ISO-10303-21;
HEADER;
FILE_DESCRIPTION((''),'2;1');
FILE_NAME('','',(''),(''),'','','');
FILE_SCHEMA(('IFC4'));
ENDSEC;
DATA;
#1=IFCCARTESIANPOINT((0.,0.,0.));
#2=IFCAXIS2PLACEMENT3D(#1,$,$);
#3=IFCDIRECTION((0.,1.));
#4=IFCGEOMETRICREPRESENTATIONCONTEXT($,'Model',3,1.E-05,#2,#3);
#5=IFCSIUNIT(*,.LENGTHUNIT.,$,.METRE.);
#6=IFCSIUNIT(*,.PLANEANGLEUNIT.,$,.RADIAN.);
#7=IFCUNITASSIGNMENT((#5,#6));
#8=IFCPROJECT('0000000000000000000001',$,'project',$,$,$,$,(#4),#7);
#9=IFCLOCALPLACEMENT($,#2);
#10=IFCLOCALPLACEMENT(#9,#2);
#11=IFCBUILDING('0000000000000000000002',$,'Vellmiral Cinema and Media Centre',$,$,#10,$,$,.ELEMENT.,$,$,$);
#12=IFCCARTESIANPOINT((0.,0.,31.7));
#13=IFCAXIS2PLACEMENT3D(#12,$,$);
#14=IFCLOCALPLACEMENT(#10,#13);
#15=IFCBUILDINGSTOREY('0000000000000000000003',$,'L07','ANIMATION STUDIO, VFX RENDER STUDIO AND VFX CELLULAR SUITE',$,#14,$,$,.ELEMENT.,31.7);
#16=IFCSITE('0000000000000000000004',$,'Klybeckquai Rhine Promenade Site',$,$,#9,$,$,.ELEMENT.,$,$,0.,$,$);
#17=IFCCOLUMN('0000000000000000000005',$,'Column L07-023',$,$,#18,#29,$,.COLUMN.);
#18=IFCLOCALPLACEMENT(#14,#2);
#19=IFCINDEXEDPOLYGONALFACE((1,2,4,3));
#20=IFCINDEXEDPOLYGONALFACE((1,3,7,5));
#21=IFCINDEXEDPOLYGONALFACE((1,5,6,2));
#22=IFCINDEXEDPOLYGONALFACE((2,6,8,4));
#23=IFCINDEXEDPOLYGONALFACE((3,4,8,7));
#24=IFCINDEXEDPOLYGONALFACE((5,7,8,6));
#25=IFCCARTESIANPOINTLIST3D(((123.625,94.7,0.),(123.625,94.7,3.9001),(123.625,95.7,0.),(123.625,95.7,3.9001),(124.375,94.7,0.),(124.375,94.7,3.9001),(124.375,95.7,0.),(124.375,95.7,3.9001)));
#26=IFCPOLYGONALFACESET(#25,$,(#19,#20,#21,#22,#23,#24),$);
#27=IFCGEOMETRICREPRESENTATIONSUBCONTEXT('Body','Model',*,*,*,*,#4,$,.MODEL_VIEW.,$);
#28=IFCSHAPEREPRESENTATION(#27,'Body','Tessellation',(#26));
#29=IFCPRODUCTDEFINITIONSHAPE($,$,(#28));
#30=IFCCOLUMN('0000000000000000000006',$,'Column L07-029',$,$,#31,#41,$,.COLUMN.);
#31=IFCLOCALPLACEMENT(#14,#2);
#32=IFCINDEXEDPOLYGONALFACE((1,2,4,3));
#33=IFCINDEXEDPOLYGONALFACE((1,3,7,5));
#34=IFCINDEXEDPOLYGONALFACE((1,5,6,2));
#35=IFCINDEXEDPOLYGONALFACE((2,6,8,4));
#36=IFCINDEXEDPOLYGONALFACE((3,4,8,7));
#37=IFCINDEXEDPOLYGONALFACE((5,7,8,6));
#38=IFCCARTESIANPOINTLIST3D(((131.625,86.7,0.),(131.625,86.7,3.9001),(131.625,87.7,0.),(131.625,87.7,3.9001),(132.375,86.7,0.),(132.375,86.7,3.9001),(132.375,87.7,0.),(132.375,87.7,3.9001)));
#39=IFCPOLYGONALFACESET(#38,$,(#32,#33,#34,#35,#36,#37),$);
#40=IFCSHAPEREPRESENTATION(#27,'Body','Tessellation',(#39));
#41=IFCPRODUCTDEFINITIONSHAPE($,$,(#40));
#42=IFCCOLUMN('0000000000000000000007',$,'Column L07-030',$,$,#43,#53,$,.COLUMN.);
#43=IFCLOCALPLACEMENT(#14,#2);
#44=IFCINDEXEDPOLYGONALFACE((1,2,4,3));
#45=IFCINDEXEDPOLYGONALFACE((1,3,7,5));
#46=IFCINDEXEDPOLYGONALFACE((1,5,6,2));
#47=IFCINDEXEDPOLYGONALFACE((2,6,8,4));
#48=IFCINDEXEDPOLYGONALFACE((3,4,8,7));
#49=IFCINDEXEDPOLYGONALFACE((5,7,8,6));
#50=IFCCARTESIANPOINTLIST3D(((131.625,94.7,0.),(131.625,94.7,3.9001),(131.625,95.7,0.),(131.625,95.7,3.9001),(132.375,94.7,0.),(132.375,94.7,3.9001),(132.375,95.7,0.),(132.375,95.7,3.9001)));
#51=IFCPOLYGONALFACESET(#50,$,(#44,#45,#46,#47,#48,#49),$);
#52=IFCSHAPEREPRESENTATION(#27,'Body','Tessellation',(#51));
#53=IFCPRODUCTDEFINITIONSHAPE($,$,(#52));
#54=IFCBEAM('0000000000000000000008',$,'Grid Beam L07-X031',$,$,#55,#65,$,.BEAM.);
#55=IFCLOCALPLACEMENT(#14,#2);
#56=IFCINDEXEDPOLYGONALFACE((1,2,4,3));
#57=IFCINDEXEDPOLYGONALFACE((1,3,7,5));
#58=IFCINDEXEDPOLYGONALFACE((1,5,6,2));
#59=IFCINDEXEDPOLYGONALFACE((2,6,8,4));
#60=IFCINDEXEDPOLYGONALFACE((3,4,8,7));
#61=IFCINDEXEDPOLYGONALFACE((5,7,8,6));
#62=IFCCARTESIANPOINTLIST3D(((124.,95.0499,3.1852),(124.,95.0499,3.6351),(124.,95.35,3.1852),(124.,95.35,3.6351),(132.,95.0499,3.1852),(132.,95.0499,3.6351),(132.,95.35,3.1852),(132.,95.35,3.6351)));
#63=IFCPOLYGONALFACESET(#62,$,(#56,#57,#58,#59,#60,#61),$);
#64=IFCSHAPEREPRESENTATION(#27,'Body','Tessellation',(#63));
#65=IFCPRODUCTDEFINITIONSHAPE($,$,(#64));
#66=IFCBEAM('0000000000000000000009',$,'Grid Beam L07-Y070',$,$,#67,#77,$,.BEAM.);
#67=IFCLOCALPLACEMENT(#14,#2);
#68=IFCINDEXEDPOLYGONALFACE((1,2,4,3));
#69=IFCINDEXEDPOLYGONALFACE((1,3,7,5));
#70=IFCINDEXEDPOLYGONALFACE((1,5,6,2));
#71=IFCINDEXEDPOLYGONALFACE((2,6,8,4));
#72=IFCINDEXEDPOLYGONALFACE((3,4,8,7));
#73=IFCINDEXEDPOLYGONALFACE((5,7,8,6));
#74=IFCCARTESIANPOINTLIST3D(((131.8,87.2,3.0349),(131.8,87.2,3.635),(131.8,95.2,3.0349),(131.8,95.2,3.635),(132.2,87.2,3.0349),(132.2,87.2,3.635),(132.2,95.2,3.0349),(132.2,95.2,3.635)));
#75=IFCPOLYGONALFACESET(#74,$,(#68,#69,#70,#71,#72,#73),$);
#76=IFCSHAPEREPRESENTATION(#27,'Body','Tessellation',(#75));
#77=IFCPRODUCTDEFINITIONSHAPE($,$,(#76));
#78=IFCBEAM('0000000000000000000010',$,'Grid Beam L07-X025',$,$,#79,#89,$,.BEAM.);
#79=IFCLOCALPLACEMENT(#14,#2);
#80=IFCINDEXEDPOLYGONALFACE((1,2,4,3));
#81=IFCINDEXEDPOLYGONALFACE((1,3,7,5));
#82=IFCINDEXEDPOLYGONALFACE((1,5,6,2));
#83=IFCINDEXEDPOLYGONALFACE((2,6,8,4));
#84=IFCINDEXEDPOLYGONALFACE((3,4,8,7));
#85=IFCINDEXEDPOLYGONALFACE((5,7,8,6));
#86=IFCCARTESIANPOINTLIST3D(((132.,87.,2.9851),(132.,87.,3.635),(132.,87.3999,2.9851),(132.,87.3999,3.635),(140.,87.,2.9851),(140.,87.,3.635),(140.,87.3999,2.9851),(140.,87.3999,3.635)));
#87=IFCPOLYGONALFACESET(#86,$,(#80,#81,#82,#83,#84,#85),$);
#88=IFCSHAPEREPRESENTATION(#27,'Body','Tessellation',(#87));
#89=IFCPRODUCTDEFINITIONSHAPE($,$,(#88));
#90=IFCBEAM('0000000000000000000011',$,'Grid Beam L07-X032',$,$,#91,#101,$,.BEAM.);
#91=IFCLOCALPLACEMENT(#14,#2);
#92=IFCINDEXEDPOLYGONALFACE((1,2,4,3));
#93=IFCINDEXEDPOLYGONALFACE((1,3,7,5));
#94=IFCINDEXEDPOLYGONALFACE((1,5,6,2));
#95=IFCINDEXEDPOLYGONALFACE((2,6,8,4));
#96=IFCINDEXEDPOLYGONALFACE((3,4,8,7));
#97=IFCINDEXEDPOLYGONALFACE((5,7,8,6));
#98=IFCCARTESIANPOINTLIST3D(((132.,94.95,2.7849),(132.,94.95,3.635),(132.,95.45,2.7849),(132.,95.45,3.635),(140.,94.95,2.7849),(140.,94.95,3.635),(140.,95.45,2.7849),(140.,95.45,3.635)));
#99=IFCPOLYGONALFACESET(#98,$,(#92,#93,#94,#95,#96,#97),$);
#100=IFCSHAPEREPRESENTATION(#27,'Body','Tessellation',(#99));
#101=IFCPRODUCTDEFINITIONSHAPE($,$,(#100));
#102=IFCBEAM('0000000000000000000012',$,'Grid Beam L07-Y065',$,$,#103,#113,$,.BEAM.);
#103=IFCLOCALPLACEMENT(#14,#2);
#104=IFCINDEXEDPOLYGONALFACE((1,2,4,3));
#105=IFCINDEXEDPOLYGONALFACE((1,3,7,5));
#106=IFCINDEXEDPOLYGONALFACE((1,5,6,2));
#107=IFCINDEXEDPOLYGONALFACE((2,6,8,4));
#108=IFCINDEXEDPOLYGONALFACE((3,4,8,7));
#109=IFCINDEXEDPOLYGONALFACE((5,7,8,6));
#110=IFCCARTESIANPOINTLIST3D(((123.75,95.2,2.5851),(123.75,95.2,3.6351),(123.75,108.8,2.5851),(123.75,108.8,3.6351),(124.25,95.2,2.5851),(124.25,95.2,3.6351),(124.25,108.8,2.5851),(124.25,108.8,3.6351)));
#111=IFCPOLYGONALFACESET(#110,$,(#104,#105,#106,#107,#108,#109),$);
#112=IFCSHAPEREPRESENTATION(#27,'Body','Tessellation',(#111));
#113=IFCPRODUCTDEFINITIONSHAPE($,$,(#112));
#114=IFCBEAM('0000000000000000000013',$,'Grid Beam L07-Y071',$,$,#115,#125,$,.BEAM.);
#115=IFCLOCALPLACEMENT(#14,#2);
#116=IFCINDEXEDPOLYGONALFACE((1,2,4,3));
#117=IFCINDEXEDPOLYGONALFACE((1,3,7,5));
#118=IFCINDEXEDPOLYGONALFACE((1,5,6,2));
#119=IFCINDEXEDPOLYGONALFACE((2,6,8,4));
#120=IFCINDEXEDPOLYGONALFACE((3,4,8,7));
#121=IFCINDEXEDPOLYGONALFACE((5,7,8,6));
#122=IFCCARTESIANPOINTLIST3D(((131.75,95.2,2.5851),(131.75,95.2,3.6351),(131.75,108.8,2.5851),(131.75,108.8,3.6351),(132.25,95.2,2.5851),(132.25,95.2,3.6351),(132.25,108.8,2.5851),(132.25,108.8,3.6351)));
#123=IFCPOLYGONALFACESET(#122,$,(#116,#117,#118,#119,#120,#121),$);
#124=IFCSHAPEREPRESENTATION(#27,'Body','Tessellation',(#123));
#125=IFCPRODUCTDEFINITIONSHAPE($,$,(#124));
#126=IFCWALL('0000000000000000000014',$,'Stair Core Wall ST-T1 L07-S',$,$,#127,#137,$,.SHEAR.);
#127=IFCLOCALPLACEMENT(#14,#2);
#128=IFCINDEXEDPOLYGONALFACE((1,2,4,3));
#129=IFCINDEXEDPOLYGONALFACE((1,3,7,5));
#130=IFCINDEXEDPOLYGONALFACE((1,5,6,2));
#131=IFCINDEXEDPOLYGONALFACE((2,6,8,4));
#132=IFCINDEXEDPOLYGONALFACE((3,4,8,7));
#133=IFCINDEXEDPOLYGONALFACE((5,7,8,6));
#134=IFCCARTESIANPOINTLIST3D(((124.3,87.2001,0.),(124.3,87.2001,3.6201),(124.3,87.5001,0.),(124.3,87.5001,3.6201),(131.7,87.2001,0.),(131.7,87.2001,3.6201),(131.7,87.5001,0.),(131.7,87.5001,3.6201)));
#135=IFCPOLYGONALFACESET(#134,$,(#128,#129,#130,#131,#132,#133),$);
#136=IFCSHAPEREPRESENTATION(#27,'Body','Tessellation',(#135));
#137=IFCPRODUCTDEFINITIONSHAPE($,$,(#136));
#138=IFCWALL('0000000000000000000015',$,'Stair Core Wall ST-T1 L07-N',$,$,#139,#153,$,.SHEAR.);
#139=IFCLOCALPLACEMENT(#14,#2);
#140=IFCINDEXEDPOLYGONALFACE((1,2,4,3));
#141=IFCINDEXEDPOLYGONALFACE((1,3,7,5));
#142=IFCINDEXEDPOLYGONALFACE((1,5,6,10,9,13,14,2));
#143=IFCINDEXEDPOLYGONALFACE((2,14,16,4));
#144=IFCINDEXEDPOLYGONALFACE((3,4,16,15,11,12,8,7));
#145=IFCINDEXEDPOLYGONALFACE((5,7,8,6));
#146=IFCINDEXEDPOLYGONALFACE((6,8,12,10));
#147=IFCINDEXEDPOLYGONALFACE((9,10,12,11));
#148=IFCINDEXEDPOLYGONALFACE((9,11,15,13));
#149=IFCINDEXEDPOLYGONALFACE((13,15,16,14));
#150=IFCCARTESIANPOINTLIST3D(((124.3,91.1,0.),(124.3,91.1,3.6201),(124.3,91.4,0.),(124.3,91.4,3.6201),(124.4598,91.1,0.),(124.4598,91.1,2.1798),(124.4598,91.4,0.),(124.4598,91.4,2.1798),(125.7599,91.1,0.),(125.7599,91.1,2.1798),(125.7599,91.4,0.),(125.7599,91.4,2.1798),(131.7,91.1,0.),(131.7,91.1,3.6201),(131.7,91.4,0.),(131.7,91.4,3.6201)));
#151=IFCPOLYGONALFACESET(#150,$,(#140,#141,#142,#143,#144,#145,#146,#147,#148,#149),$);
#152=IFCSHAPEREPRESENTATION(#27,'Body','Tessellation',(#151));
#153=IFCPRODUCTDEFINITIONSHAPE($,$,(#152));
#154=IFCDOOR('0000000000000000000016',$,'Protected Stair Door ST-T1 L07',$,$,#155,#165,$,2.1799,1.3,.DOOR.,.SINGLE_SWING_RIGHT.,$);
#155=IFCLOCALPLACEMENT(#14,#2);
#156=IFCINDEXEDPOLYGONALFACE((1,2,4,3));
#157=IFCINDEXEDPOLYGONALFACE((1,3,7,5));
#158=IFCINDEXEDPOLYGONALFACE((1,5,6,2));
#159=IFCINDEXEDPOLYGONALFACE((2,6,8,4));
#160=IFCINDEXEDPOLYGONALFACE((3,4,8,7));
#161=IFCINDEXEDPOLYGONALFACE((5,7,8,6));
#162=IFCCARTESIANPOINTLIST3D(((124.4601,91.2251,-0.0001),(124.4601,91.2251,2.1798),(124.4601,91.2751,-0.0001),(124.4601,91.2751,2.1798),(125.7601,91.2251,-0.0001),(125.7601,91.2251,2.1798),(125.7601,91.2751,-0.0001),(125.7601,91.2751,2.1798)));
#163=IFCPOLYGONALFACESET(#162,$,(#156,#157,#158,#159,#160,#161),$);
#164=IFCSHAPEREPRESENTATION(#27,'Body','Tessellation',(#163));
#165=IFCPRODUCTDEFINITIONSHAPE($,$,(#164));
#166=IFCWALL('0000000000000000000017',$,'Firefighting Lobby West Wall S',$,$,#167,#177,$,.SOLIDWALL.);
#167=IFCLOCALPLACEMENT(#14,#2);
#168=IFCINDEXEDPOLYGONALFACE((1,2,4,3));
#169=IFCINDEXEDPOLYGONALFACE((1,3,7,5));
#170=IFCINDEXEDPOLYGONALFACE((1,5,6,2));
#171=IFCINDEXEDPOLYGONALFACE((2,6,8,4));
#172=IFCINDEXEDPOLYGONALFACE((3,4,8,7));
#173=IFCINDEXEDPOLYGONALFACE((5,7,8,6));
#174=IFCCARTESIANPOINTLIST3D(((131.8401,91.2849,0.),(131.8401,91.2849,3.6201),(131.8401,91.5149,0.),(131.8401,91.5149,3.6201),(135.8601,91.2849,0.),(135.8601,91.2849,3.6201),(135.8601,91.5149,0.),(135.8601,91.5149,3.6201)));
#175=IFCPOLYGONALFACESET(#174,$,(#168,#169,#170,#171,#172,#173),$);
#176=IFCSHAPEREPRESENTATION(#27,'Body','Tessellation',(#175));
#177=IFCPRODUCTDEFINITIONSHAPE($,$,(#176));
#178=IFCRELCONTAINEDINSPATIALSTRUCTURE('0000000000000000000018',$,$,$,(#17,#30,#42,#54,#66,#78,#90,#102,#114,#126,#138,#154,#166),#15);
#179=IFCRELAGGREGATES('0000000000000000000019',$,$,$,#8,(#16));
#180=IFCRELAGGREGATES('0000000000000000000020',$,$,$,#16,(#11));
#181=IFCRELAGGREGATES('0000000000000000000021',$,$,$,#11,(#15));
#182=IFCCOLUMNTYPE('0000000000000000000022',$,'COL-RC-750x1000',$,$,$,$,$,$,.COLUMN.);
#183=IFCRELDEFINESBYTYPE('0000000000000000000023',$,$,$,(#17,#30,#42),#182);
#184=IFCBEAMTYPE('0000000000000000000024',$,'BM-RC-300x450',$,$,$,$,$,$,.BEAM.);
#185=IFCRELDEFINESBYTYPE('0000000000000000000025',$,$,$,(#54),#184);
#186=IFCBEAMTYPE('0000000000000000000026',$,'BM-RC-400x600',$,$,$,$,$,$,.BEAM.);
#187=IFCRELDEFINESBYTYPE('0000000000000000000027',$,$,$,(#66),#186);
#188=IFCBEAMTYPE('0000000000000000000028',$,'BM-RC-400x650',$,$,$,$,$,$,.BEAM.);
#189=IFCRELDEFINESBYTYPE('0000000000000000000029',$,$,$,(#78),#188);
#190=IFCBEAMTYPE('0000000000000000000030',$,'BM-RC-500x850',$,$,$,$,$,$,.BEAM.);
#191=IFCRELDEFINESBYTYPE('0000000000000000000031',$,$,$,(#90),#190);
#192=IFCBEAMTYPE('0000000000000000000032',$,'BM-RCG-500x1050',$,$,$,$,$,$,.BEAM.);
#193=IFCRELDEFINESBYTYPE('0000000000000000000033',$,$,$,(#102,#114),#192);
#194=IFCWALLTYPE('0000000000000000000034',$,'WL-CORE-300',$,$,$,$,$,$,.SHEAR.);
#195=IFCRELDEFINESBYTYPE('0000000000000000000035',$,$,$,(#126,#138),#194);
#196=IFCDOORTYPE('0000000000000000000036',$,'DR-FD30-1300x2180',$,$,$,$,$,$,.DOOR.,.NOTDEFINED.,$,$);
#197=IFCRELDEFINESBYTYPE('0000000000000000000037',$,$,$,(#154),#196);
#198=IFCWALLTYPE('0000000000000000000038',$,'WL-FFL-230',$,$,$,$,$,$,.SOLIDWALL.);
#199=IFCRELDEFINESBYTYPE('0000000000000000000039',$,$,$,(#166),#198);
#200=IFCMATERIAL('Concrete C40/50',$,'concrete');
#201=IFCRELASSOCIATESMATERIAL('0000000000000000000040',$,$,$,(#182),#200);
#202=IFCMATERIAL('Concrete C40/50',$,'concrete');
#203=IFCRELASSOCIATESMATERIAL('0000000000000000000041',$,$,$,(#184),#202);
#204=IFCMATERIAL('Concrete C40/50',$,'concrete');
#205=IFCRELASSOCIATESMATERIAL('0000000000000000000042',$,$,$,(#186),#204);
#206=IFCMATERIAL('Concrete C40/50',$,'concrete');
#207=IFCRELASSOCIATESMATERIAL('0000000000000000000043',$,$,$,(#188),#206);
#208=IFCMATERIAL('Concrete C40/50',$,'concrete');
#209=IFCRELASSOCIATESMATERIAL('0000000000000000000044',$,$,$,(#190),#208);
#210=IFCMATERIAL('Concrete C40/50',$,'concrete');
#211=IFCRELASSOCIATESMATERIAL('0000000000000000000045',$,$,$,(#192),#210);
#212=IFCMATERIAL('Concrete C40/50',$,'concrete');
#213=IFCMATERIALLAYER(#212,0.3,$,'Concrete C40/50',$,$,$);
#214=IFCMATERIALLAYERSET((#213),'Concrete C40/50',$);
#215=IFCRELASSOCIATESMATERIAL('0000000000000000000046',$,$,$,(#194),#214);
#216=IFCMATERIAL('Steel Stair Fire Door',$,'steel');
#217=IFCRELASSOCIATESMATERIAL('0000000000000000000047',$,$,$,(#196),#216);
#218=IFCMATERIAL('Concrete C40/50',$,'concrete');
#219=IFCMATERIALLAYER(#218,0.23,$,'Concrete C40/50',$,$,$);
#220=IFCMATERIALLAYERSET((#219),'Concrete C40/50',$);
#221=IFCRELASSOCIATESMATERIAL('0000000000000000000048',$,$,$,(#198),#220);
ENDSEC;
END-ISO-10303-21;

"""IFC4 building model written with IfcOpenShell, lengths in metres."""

from ifc_helpers import new_model, si_unit, direction, frame, frame_2d, origin, origin_2d, place, context, subcontext, project, spatial, rectangle, extrude, material, layer, layer_set, material_profile, profile_set, type_object, element, fill, save


model = new_model("IFC4")

# Units and contexts
model_context = context("Model", 3, precision=1e-05, world=origin(), true_north=direction((0.0, 1.0)))
body_context = subcontext(model_context, "Body", "Model", "MODEL_VIEW")
ifc_project = project(units=[si_unit("LENGTHUNIT", "METRE"), si_unit("PLANEANGLEUNIT", "RADIAN")], contexts=[model_context])

# Site, building, storey
site_placement = place(None, origin())
site = spatial("IfcSite", under=ifc_project, at=site_placement, Name="Klybeckquai Rhine Promenade Site", CompositionType="ELEMENT", RefElevation=0.0)
building_placement = place(site_placement, origin())
building = spatial("IfcBuilding", under=site, at=building_placement, Name="Vellmiral Cinema and Media Centre", CompositionType="ELEMENT")
storey_placement = place(building_placement, frame((0.0, 0.0, 31.7)))
storey = spatial("IfcBuildingStorey", under=building, at=storey_placement, Name="L07", Description="ANIMATION STUDIO, VFX RENDER STUDIO AND VFX CELLULAR SUITE", CompositionType="ELEMENT", Elevation=31.7)

# Columns
ifc_material_1 = material(Name="Concrete C40/50", Category="concrete")
ifc_material_profile_1 = material_profile(ifc_material_1, rectangle(XDim=0.75, YDim=1.0, at=origin_2d()), Name="RC 750x1000")
ifc_profile_set_1 = profile_set([ifc_material_profile_1], Name="Concrete C40/50")
column_type = type_object("IfcColumnType", Name="COL-RC-750x1000", PredefinedType="COLUMN", material=ifc_profile_set_1)
for number, where, z_axis, x_axis, name in (
    (1, (124.0, 95.2, 0.0), (0.0, 0.0, 1.0), (1.0, 0.0, 0.0), "Column L07-023"),
    (2, (132.0, 87.2, 0.0), (0.0, 0.0, 1.0), (1.0, 0.0, 0.0), "Column L07-029"),
    (3, (132.0, 95.2, 0.0), (0.0, 0.0, 1.0), (1.0, 0.0, 0.0), "Column L07-030"),
):
    element("IfcColumn", number, at=place(storey_placement, frame(where, z_axis=z_axis, x_axis=x_axis)), inside=storey, type_object=column_type, Name=name, PredefinedType="COLUMN", context=body_context, shape_type="SweptSolid", body=[
        extrude(rectangle(XDim=0.75, YDim=1.0, at=origin_2d()), origin(), (0.0, 0.0, 1.0), 3.9001),
    ])

# Beams
ifc_material_2 = material(Name="Concrete C40/50", Category="concrete")
ifc_material_profile_2 = material_profile(ifc_material_2, rectangle(XDim=0.3, YDim=0.45, at=origin_2d()), Name="RC 300x450")
ifc_profile_set_2 = profile_set([ifc_material_profile_2], Name="Concrete C40/50")
beam_type_1 = type_object("IfcBeamType", Name="BM-RC-300x450", PredefinedType="BEAM", material=ifc_profile_set_2)
beam_1_placement = place(storey_placement, frame((124.0, 95.2, 3.4102), z_axis=(1.0, 0.0, 0.0), x_axis=(0.0, 1.0, 0.0)))
element("IfcBeam", 4, at=beam_1_placement, inside=storey, type_object=beam_type_1, Name="Grid Beam L07-X031", PredefinedType="BEAM", context=body_context, shape_type="SweptSolid", body=[
    extrude(rectangle(XDim=0.3, YDim=0.45, at=origin_2d()), origin(), (0.0, 0.0, 1.0), 8.0),
])
ifc_material_3 = material(Name="Concrete C40/50", Category="concrete")
ifc_material_profile_3 = material_profile(ifc_material_3, rectangle(XDim=0.3999, YDim=0.6001, at=origin_2d()), Name="RC 400x600")
ifc_profile_set_3 = profile_set([ifc_material_profile_3], Name="Concrete C40/50")
beam_type_2 = type_object("IfcBeamType", Name="BM-RC-400x600", PredefinedType="BEAM", material=ifc_profile_set_3)
beam_2_placement = place(storey_placement, frame((132.0, 87.2, 3.335), z_axis=(0.0, 1.0, 0.0), x_axis=(-1.0, 0.0, 0.0)))
element("IfcBeam", 5, at=beam_2_placement, inside=storey, type_object=beam_type_2, Name="Grid Beam L07-Y070", PredefinedType="BEAM", context=body_context, shape_type="SweptSolid", body=[
    extrude(rectangle(XDim=0.3999, YDim=0.6001, at=origin_2d()), origin(), (0.0, 0.0, 1.0), 8.0),
])
ifc_material_4 = material(Name="Concrete C40/50", Category="concrete")
ifc_material_profile_4 = material_profile(ifc_material_4, rectangle(XDim=0.3999, YDim=0.6499, at=origin_2d()), Name="RC 400x650")
ifc_profile_set_4 = profile_set([ifc_material_profile_4], Name="Concrete C40/50")
beam_type_3 = type_object("IfcBeamType", Name="BM-RC-400x650", PredefinedType="BEAM", material=ifc_profile_set_4)
beam_3_placement = place(storey_placement, frame((132.0, 87.2, 3.3101), z_axis=(1.0, 0.0, 0.0), x_axis=(0.0, 1.0, 0.0)))
element("IfcBeam", 6, at=beam_3_placement, inside=storey, type_object=beam_type_3, Name="Grid Beam L07-X025", PredefinedType="BEAM", context=body_context, shape_type="SweptSolid", body=[
    extrude(rectangle(XDim=0.3999, YDim=0.6499, at=origin_2d()), origin(), (0.0, 0.0, 1.0), 8.0),
])
ifc_material_5 = material(Name="Concrete C40/50", Category="concrete")
ifc_material_profile_5 = material_profile(ifc_material_5, rectangle(XDim=0.5, YDim=0.8501, at=origin_2d()), Name="RC 500x850")
ifc_profile_set_5 = profile_set([ifc_material_profile_5], Name="Concrete C40/50")
beam_type_4 = type_object("IfcBeamType", Name="BM-RC-500x850", PredefinedType="BEAM", material=ifc_profile_set_5)
beam_4_placement = place(storey_placement, frame((132.0, 95.2, 3.21), z_axis=(1.0, 0.0, 0.0), x_axis=(0.0, 1.0, 0.0)))
element("IfcBeam", 7, at=beam_4_placement, inside=storey, type_object=beam_type_4, Name="Grid Beam L07-X032", PredefinedType="BEAM", context=body_context, shape_type="SweptSolid", body=[
    extrude(rectangle(XDim=0.5, YDim=0.8501, at=origin_2d()), origin(), (0.0, 0.0, 1.0), 8.0),
])
ifc_material_6 = material(Name="Concrete C40/50", Category="concrete")
ifc_material_profile_6 = material_profile(ifc_material_6, rectangle(XDim=0.5, YDim=1.05, at=origin_2d()), Name="RC 500x1050")
ifc_profile_set_6 = profile_set([ifc_material_profile_6], Name="Concrete C40/50")
beam_type_5 = type_object("IfcBeamType", Name="BM-RCG-500x1050", PredefinedType="BEAM", material=ifc_profile_set_6)
for number, where, z_axis, x_axis, name in (
    (8, (124.0, 95.2, 3.1101), (0.0, 1.0, 0.0), (-1.0, 0.0, 0.0), "Grid Beam L07-Y065"),
    (9, (132.0, 95.2, 3.1101), (0.0, 1.0, 0.0), (-1.0, 0.0, 0.0), "Grid Beam L07-Y071"),
):
    element("IfcBeam", number, at=place(storey_placement, frame(where, z_axis=z_axis, x_axis=x_axis)), inside=storey, type_object=beam_type_5, Name=name, PredefinedType="BEAM", context=body_context, shape_type="SweptSolid", body=[
        extrude(rectangle(XDim=0.5, YDim=1.05, at=origin_2d()), origin(), (0.0, 0.0, 1.0), 13.6001),
    ])

# Wall
ifc_material_7 = material(Name="Concrete C40/50", Category="concrete")
ifc_layer_1 = layer(ifc_material_7, 0.3, Name="Concrete C40/50")
ifc_layer_set_1 = layer_set([ifc_layer_1], Name="Concrete C40/50")
wall_type_1 = type_object("IfcWallType", Name="WL-CORE-300", PredefinedType="SHEAR", material=ifc_layer_set_1)
wall_1_placement = place(storey_placement, frame((124.3, 87.3501, 0.0), z_axis=(0.0, 0.0, 1.0), x_axis=(1.0, 0.0, 0.0)))
element("IfcWall", 10, at=wall_1_placement, inside=storey, type_object=wall_type_1, Name="Stair Core Wall ST-T1 L07-S", PredefinedType="SHEAR", context=body_context, shape_type="SweptSolid", body=[
    extrude(rectangle(XDim=7.3999, YDim=0.3, at=frame_2d((3.7, 0.0))), origin(), (0.0, 0.0, 1.0), 3.6201),
])

# Wall, opening, door
wall_2_placement = place(storey_placement, frame((124.3, 91.25, 0.0), z_axis=(0.0, 0.0, 1.0), x_axis=(1.0, 0.0, 0.0)))
wall_2 = element("IfcWall", 11, at=wall_2_placement, inside=storey, type_object=wall_type_1, Name="Stair Core Wall ST-T1 L07-N", PredefinedType="SHEAR", context=body_context, shape_type="SweptSolid", body=[
    extrude(rectangle(XDim=7.3999, YDim=0.3, at=frame_2d((3.7, 0.0))), origin(), (0.0, 0.0, 1.0), 3.6201),
])
opening_1_placement = place(wall_2_placement, frame((0.1599, 0.0, 0.0)))
opening_1 = element("IfcOpeningElement", 12, at=opening_1_placement, cuts=wall_2, PredefinedType="OPENING", context=body_context, shape_type="SweptSolid", body=[
    extrude(rectangle(XDim=1.3, YDim=2.1799, at=frame_2d((0.6499, 1.0898))), frame((0.0, 0.1621, 0.0), z_axis=(0.0, -1.0, 0.0), x_axis=(1.0, 0.0, 0.0)), (0.0, 0.0, 1.0), 0.324),
])
ifc_material_8 = material(Name="Steel Stair Fire Door", Category="steel")
door_type_1 = type_object("IfcDoorType", Name="DR-FD30-1300x2180", OperationType="NOTDEFINED", PredefinedType="DOOR", material=ifc_material_8)
door_1_placement = place(opening_1_placement, frame((1.3, 0.0, 0.0), z_axis=(0.0, 0.0, 1.0), x_axis=(-1.0, 0.0, 0.0)))
door_1 = element("IfcDoor", 13, at=door_1_placement, inside=storey, type_object=door_type_1, Name="Protected Stair Door ST-T1 L07", OperationType="SINGLE_SWING_RIGHT", OverallHeight=2.1799, OverallWidth=1.3, PredefinedType="DOOR", context=body_context, shape_type="SweptSolid", body=[
    extrude(rectangle(XDim=1.3, YDim=2.1799, at=frame_2d((0.6499, 1.0898))), frame((0.0, 0.0249, 0.0), z_axis=(0.0, -1.0, 0.0), x_axis=(1.0, 0.0, 0.0)), (0.0, 0.0, 1.0), 0.05),
])
fill(opening_1, door_1)

# Wall
ifc_material_9 = material(Name="Concrete C40/50", Category="concrete")
ifc_layer_2 = layer(ifc_material_9, 0.23, Name="Concrete C40/50")
ifc_layer_set_2 = layer_set([ifc_layer_2], Name="Concrete C40/50")
wall_type_2 = type_object("IfcWallType", Name="WL-FFL-230", PredefinedType="SOLIDWALL", material=ifc_layer_set_2)
wall_3_placement = place(storey_placement, frame((131.8401, 91.3999, 0.0), z_axis=(0.0, 0.0, 1.0), x_axis=(1.0, 0.0, 0.0)))
element("IfcWall", 14, at=wall_3_placement, inside=storey, type_object=wall_type_2, Name="Firefighting Lobby West Wall S", PredefinedType="SOLIDWALL", context=body_context, shape_type="SweptSolid", body=[
    extrude(rectangle(XDim=4.02, YDim=0.23, at=frame_2d((2.01, 0.0))), origin(), (0.0, 0.0, 1.0), 3.6201),
])

save(model, "model.ifc")
